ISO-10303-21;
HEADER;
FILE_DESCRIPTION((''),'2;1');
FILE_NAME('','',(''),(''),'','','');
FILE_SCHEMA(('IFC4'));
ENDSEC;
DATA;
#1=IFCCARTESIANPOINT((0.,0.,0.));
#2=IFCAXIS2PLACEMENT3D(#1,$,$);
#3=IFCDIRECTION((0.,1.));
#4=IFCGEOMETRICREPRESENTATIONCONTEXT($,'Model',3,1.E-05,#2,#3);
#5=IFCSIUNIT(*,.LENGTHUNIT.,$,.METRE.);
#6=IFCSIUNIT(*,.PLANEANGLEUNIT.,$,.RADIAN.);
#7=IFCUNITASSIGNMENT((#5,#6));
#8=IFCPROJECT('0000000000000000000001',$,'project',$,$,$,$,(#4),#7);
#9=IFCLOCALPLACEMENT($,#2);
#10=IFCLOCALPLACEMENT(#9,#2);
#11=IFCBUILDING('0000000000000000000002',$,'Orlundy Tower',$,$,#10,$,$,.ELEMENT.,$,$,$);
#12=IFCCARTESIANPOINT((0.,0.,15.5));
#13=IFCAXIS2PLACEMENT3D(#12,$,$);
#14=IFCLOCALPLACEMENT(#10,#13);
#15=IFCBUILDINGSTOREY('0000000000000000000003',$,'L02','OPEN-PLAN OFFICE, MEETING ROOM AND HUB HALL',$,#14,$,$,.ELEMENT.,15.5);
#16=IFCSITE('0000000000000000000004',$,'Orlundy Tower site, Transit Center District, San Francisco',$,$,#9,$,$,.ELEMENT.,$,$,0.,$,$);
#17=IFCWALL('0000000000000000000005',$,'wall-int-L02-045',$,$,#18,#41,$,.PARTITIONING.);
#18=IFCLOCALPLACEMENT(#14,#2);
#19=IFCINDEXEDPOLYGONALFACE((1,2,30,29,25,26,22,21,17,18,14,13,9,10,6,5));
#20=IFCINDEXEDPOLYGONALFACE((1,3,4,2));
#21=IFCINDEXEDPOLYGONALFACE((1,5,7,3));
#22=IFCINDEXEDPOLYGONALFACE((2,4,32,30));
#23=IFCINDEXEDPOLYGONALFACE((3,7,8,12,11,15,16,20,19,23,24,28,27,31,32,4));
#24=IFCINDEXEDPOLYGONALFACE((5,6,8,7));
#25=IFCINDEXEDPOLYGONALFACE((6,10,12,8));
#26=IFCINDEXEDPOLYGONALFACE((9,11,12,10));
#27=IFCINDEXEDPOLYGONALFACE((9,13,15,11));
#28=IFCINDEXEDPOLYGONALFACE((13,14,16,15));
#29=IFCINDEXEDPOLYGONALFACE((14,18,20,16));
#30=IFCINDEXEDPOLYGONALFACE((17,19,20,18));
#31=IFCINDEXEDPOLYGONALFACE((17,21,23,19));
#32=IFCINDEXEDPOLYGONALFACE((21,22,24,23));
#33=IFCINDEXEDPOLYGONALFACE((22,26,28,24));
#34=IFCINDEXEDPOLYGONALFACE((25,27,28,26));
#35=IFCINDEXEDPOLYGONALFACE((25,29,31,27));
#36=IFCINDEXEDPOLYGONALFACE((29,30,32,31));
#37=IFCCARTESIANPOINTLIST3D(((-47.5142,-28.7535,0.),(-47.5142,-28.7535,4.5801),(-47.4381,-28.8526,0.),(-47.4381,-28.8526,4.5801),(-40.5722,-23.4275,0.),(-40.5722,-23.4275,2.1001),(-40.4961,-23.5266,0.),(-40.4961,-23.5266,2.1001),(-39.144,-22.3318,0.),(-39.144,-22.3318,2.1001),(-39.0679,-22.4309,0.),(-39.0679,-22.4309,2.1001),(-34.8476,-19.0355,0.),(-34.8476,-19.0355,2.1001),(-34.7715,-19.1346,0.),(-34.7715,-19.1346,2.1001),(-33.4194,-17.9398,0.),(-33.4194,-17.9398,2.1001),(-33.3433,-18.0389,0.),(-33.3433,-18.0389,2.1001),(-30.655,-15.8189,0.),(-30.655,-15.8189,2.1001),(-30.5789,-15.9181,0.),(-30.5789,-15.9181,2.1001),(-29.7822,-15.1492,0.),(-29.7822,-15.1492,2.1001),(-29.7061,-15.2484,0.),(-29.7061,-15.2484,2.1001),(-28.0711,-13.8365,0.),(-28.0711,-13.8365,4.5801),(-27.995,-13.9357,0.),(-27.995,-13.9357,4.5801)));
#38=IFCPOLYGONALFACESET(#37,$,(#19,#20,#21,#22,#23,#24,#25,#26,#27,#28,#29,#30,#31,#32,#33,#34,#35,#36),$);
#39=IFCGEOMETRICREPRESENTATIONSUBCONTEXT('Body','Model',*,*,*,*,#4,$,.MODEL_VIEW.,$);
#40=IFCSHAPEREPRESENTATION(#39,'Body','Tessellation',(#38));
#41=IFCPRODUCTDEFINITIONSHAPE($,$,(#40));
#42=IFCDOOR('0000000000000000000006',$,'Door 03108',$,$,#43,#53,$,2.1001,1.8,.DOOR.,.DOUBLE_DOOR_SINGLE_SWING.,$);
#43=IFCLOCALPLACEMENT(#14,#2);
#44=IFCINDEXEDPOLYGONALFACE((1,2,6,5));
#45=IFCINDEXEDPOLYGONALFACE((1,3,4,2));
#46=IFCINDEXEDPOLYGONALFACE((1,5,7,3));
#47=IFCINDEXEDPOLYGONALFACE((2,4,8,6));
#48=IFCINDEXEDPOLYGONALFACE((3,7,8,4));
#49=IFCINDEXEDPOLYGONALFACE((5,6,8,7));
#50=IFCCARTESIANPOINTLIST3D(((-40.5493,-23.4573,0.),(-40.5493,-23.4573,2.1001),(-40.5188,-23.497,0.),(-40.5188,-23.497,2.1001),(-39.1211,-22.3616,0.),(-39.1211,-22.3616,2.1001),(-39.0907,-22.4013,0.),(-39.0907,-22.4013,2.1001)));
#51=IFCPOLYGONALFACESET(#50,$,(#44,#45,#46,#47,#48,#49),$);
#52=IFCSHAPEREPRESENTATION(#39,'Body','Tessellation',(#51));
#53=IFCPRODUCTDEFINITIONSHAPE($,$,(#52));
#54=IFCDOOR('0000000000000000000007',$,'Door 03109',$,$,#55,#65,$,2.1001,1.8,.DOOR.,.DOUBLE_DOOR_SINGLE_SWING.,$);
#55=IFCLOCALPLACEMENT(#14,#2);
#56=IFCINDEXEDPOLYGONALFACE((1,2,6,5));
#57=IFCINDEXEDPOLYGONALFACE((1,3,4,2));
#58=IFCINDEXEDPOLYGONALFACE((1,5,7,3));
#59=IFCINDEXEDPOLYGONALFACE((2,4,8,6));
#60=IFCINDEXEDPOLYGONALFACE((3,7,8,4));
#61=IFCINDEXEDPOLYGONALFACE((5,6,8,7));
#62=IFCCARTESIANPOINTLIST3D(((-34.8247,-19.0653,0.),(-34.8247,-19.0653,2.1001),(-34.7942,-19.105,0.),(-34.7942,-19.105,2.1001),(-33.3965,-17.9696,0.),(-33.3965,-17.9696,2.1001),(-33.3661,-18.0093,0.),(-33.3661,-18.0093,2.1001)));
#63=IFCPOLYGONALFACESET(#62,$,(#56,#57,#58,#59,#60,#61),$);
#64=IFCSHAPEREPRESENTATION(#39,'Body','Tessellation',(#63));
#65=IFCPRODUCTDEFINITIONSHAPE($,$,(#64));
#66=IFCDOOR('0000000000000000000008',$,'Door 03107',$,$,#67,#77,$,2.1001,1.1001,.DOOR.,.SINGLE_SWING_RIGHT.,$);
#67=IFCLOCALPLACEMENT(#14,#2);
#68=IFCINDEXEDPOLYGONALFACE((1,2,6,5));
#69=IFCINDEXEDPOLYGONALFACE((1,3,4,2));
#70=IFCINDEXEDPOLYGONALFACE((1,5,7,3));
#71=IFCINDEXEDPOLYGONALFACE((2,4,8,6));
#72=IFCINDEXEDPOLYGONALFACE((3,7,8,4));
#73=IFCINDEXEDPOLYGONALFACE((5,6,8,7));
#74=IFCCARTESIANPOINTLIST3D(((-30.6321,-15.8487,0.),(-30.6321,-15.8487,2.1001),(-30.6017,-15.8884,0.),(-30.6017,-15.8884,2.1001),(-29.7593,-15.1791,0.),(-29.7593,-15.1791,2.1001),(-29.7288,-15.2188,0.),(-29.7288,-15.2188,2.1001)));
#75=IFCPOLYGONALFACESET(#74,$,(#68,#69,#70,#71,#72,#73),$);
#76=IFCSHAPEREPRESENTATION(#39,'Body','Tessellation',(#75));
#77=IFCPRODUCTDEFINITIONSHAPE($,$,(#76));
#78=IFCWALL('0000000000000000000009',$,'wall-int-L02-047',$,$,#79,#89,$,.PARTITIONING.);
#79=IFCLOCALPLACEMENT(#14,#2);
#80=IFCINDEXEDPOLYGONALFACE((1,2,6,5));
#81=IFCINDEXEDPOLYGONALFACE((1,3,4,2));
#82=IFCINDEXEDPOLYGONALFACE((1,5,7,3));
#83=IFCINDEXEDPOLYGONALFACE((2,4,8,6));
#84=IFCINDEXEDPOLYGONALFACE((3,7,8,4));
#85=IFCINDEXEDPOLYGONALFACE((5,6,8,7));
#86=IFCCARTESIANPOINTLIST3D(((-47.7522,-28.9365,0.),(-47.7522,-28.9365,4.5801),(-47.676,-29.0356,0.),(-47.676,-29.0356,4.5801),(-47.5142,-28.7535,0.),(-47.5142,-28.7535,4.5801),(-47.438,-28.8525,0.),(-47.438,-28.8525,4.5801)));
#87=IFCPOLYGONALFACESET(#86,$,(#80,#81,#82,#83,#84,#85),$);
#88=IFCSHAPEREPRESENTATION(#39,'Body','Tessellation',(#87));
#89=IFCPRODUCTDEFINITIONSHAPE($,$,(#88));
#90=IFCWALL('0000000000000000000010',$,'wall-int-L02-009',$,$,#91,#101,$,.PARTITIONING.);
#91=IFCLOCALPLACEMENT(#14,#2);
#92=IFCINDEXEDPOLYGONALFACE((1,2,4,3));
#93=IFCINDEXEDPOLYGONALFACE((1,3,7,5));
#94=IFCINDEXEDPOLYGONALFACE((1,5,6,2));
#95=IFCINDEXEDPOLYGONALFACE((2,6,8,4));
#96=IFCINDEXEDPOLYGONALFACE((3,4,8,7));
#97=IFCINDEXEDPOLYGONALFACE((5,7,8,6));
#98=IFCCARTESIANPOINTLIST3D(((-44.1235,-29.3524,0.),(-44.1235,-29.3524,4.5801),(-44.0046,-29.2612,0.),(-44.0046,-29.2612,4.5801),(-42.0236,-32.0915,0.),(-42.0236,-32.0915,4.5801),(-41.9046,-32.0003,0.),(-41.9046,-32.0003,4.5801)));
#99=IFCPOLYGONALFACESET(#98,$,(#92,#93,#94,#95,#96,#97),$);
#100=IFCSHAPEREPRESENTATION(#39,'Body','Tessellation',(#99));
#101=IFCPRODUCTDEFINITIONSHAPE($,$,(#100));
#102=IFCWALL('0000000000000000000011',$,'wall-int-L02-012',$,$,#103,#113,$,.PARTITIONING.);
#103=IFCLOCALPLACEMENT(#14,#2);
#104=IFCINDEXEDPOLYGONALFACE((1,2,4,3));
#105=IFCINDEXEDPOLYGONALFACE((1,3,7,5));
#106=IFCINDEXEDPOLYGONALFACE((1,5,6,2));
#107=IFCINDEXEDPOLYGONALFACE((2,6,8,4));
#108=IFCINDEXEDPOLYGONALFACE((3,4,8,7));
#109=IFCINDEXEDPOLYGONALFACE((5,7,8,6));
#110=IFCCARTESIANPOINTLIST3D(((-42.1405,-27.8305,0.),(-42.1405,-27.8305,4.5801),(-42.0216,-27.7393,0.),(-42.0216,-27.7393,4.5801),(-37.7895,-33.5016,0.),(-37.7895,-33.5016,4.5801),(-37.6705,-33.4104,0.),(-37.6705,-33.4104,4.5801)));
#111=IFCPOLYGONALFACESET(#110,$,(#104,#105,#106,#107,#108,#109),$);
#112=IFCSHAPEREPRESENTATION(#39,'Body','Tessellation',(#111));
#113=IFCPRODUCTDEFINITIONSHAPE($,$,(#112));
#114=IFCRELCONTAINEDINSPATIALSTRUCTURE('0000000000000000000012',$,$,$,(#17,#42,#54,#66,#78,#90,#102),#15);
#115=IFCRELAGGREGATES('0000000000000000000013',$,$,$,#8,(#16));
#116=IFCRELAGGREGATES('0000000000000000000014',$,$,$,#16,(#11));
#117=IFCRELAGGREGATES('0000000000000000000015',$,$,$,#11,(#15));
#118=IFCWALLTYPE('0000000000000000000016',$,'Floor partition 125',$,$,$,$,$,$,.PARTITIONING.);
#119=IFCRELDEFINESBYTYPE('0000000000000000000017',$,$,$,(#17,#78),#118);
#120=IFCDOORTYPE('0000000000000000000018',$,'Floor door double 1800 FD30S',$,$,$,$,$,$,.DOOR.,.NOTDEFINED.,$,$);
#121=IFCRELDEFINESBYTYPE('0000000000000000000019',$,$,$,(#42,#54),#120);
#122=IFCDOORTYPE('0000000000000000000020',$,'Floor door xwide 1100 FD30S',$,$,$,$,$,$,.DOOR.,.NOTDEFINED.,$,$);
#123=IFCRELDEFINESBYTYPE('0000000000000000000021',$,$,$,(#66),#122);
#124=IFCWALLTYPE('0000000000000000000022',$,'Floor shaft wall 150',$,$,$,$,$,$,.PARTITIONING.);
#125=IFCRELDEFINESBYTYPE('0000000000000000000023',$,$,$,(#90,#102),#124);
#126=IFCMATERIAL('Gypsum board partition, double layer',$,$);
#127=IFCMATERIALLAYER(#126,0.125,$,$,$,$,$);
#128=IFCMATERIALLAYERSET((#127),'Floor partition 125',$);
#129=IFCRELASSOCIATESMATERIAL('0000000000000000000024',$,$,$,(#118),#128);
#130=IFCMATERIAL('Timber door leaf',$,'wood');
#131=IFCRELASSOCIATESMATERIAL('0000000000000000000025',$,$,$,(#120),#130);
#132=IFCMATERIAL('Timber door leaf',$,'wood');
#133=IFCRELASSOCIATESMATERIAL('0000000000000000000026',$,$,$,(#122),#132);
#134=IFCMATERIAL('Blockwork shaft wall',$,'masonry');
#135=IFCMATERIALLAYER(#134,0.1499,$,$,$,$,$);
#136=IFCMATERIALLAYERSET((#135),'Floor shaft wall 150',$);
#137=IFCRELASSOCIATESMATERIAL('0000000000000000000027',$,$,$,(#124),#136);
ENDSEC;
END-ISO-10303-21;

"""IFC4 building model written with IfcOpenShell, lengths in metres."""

from ifc_helpers import new_model, si_unit, direction, frame, frame_2d, origin, place, context, subcontext, project, spatial, rectangle, extrude, material, layer, layer_set, type_object, element, fill, save


model = new_model("IFC4")

# Units and contexts
model_context = context("Model", 3, precision=1e-05, world=origin(), true_north=direction((0.0, 1.0)))
body_context = subcontext(model_context, "Body", "Model", "MODEL_VIEW")
ifc_project = project(units=[si_unit("LENGTHUNIT", "METRE"), si_unit("PLANEANGLEUNIT", "RADIAN")], contexts=[model_context])

# Site, building, storey
site_placement = place(None, origin())
site = spatial("IfcSite", under=ifc_project, at=site_placement, Name="Orlundy Tower site, Transit Center District, San Francisco", CompositionType="ELEMENT", RefElevation=0.0)
building_placement = place(site_placement, origin())
building = spatial("IfcBuilding", under=site, at=building_placement, Name="Orlundy Tower", CompositionType="ELEMENT")
storey_placement = place(building_placement, frame((0.0, 0.0, 15.5)))
storey = spatial("IfcBuildingStorey", under=building, at=storey_placement, Name="L02", Description="OPEN-PLAN OFFICE, MEETING ROOM AND HUB HALL", CompositionType="ELEMENT", Elevation=15.5)

# Wall, openings, doors
ifc_material_1 = material(Name="Gypsum board partition, double layer")
ifc_layer_1 = layer(ifc_material_1, 0.125)
ifc_layer_set_1 = layer_set([ifc_layer_1], Name="Floor partition 125")
wall_type_1 = type_object("IfcWallType", Name="Floor partition 125", PredefinedType="PARTITIONING", material=ifc_layer_set_1)
wall_1_placement = place(storey_placement, frame((-47.4761, -28.803, 0.0), z_axis=(0.0, 0.0, 1.0), x_axis=(0.793397, 0.608704, 0.0)))
wall_1 = element("IfcWall", 1, at=wall_1_placement, inside=storey, type_object=wall_type_1, Name="wall-int-L02-045", PredefinedType="PARTITIONING", context=body_context, shape_type="SweptSolid", body=[
    extrude(rectangle(XDim=24.5061, YDim=0.125, at=frame_2d((12.2529, 0.0))), origin(), (0.0, 0.0, 1.0), 4.5801),
])
opening_1_placement = place(wall_1_placement, frame((21.2493, 0.0, 0.0)))
opening_1 = element("IfcOpeningElement", 2, at=opening_1_placement, cuts=wall_1, PredefinedType="OPENING", context=body_context, shape_type="SweptSolid", body=[
    extrude(rectangle(XDim=1.1001, YDim=2.1001, at=frame_2d((0.55, 1.05))), frame((0.0, 0.0725, 0.0), z_axis=(0.0, -1.0, 0.0), x_axis=(1.0, 0.0, 0.0)), (0.0, 0.0, 1.0), 0.145),
])
opening_2_placement = place(wall_1_placement, frame((8.7498, 0.0, 0.0)))
opening_2 = element("IfcOpeningElement", 3, at=opening_2_placement, cuts=wall_1, PredefinedType="OPENING", context=body_context, shape_type="SweptSolid", body=[
    extrude(rectangle(XDim=1.8, YDim=2.1001, at=frame_2d((0.8999, 1.05))), frame((0.0, 0.0725, 0.0), z_axis=(0.0, -1.0, 0.0), x_axis=(1.0, 0.0, 0.0)), (0.0, 0.0, 1.0), 0.145),
])
opening_3_placement = place(wall_1_placement, frame((15.9651, 0.0, 0.0)))
opening_3 = element("IfcOpeningElement", 4, at=opening_3_placement, cuts=wall_1, PredefinedType="OPENING", context=body_context, shape_type="SweptSolid", body=[
    extrude(rectangle(XDim=1.8, YDim=2.1001, at=frame_2d((0.8999, 1.05))), frame((0.0, 0.0725, 0.0), z_axis=(0.0, -1.0, 0.0), x_axis=(1.0, 0.0, 0.0)), (0.0, 0.0, 1.0), 0.145),
])
ifc_material_2 = material(Name="Timber door leaf", Category="wood")
door_type_1 = type_object("IfcDoorType", Name="Floor door double 1800 FD30S", OperationType="NOTDEFINED", PredefinedType="DOOR", material=ifc_material_2)
door_1_placement = place(opening_2_placement, origin())
door_1 = element("IfcDoor", 5, at=door_1_placement, inside=storey, type_object=door_type_1, Name="Door 03108", OperationType="DOUBLE_DOOR_SINGLE_SWING", OverallHeight=2.1001, OverallWidth=1.8, PredefinedType="DOOR", context=body_context, shape_type="SweptSolid", body=[
    extrude(rectangle(XDim=1.8, YDim=2.1001, at=frame_2d((0.8999, 1.05))), frame((0.0, 0.0249, 0.0), z_axis=(0.0, -1.0, 0.0), x_axis=(1.0, 0.0, 0.0)), (0.0, 0.0, 1.0), 0.05),
])
fill(opening_2, door_1)
door_2_placement = place(opening_3_placement, origin())
door_2 = element("IfcDoor", 6, at=door_2_placement, inside=storey, type_object=door_type_1, Name="Door 03109", OperationType="DOUBLE_DOOR_SINGLE_SWING", OverallHeight=2.1001, OverallWidth=1.8, PredefinedType="DOOR", context=body_context, shape_type="SweptSolid", body=[
    extrude(rectangle(XDim=1.8, YDim=2.1001, at=frame_2d((0.8999, 1.05))), frame((0.0, 0.0249, 0.0), z_axis=(0.0, -1.0, 0.0), x_axis=(1.0, 0.0, 0.0)), (0.0, 0.0, 1.0), 0.05),
])
fill(opening_3, door_2)
ifc_material_3 = material(Name="Timber door leaf", Category="wood")
door_type_2 = type_object("IfcDoorType", Name="Floor door xwide 1100 FD30S", OperationType="NOTDEFINED", PredefinedType="DOOR", material=ifc_material_3)
door_3_placement = place(opening_1_placement, origin())
door_3 = element("IfcDoor", 7, at=door_3_placement, inside=storey, type_object=door_type_2, Name="Door 03107", OperationType="SINGLE_SWING_RIGHT", OverallHeight=2.1001, OverallWidth=1.1001, PredefinedType="DOOR", context=body_context, shape_type="SweptSolid", body=[
    extrude(rectangle(XDim=1.1001, YDim=2.1001, at=frame_2d((0.55, 1.05))), frame((0.0, 0.0249, 0.0), z_axis=(0.0, -1.0, 0.0), x_axis=(1.0, 0.0, 0.0)), (0.0, 0.0, 1.0), 0.05),
])
fill(opening_1, door_3)

# Walls
wall_2_placement = place(storey_placement, frame((-47.7141, -28.9861, 0.0), z_axis=(0.0, 0.0, 1.0), x_axis=(0.792624, 0.609711, 0.0)))
element("IfcWall", 8, at=wall_2_placement, inside=storey, type_object=wall_type_1, Name="wall-int-L02-047", PredefinedType="PARTITIONING", context=body_context, shape_type="SweptSolid", body=[
    extrude(rectangle(XDim=0.3003, YDim=0.125, at=frame_2d((0.1501, 0.0))), origin(), (0.0, 0.0, 1.0), 4.5801),
])
ifc_material_4 = material(Name="Blockwork shaft wall", Category="masonry")
ifc_layer_2 = layer(ifc_material_4, 0.1499)
ifc_layer_set_2 = layer_set([ifc_layer_2], Name="Floor shaft wall 150")
wall_type_2 = type_object("IfcWallType", Name="Floor shaft wall 150", PredefinedType="PARTITIONING", material=ifc_layer_set_2)
wall_3_placement = place(storey_placement, frame((-44.064, -29.3069, 0.0), z_axis=(0.0, 0.0, 1.0), x_axis=(0.608421, -0.793614, 0.0)))
element("IfcWall", 9, at=wall_3_placement, inside=storey, type_object=wall_type_2, Name="wall-int-L02-009", PredefinedType="PARTITIONING", context=body_context, shape_type="SweptSolid", body=[
    extrude(rectangle(XDim=3.4514, YDim=0.1499, at=frame_2d((1.7256, 0.0))), origin(), (0.0, 0.0, 1.0), 4.5801),
])
wall_4_placement = place(storey_placement, frame((-42.0811, -27.7849, 0.0), z_axis=(0.0, 0.0, 1.0), x_axis=(0.608713, -0.79339, 0.0)))
element("IfcWall", 10, at=wall_4_placement, inside=storey, type_object=wall_type_2, Name="wall-int-L02-012", PredefinedType="PARTITIONING", context=body_context, shape_type="SweptSolid", body=[
    extrude(rectangle(XDim=7.1479, YDim=0.1499, at=frame_2d((3.574, 0.0))), origin(), (0.0, 0.0, 1.0), 4.5801),
])

save(model, "model.ifc")
